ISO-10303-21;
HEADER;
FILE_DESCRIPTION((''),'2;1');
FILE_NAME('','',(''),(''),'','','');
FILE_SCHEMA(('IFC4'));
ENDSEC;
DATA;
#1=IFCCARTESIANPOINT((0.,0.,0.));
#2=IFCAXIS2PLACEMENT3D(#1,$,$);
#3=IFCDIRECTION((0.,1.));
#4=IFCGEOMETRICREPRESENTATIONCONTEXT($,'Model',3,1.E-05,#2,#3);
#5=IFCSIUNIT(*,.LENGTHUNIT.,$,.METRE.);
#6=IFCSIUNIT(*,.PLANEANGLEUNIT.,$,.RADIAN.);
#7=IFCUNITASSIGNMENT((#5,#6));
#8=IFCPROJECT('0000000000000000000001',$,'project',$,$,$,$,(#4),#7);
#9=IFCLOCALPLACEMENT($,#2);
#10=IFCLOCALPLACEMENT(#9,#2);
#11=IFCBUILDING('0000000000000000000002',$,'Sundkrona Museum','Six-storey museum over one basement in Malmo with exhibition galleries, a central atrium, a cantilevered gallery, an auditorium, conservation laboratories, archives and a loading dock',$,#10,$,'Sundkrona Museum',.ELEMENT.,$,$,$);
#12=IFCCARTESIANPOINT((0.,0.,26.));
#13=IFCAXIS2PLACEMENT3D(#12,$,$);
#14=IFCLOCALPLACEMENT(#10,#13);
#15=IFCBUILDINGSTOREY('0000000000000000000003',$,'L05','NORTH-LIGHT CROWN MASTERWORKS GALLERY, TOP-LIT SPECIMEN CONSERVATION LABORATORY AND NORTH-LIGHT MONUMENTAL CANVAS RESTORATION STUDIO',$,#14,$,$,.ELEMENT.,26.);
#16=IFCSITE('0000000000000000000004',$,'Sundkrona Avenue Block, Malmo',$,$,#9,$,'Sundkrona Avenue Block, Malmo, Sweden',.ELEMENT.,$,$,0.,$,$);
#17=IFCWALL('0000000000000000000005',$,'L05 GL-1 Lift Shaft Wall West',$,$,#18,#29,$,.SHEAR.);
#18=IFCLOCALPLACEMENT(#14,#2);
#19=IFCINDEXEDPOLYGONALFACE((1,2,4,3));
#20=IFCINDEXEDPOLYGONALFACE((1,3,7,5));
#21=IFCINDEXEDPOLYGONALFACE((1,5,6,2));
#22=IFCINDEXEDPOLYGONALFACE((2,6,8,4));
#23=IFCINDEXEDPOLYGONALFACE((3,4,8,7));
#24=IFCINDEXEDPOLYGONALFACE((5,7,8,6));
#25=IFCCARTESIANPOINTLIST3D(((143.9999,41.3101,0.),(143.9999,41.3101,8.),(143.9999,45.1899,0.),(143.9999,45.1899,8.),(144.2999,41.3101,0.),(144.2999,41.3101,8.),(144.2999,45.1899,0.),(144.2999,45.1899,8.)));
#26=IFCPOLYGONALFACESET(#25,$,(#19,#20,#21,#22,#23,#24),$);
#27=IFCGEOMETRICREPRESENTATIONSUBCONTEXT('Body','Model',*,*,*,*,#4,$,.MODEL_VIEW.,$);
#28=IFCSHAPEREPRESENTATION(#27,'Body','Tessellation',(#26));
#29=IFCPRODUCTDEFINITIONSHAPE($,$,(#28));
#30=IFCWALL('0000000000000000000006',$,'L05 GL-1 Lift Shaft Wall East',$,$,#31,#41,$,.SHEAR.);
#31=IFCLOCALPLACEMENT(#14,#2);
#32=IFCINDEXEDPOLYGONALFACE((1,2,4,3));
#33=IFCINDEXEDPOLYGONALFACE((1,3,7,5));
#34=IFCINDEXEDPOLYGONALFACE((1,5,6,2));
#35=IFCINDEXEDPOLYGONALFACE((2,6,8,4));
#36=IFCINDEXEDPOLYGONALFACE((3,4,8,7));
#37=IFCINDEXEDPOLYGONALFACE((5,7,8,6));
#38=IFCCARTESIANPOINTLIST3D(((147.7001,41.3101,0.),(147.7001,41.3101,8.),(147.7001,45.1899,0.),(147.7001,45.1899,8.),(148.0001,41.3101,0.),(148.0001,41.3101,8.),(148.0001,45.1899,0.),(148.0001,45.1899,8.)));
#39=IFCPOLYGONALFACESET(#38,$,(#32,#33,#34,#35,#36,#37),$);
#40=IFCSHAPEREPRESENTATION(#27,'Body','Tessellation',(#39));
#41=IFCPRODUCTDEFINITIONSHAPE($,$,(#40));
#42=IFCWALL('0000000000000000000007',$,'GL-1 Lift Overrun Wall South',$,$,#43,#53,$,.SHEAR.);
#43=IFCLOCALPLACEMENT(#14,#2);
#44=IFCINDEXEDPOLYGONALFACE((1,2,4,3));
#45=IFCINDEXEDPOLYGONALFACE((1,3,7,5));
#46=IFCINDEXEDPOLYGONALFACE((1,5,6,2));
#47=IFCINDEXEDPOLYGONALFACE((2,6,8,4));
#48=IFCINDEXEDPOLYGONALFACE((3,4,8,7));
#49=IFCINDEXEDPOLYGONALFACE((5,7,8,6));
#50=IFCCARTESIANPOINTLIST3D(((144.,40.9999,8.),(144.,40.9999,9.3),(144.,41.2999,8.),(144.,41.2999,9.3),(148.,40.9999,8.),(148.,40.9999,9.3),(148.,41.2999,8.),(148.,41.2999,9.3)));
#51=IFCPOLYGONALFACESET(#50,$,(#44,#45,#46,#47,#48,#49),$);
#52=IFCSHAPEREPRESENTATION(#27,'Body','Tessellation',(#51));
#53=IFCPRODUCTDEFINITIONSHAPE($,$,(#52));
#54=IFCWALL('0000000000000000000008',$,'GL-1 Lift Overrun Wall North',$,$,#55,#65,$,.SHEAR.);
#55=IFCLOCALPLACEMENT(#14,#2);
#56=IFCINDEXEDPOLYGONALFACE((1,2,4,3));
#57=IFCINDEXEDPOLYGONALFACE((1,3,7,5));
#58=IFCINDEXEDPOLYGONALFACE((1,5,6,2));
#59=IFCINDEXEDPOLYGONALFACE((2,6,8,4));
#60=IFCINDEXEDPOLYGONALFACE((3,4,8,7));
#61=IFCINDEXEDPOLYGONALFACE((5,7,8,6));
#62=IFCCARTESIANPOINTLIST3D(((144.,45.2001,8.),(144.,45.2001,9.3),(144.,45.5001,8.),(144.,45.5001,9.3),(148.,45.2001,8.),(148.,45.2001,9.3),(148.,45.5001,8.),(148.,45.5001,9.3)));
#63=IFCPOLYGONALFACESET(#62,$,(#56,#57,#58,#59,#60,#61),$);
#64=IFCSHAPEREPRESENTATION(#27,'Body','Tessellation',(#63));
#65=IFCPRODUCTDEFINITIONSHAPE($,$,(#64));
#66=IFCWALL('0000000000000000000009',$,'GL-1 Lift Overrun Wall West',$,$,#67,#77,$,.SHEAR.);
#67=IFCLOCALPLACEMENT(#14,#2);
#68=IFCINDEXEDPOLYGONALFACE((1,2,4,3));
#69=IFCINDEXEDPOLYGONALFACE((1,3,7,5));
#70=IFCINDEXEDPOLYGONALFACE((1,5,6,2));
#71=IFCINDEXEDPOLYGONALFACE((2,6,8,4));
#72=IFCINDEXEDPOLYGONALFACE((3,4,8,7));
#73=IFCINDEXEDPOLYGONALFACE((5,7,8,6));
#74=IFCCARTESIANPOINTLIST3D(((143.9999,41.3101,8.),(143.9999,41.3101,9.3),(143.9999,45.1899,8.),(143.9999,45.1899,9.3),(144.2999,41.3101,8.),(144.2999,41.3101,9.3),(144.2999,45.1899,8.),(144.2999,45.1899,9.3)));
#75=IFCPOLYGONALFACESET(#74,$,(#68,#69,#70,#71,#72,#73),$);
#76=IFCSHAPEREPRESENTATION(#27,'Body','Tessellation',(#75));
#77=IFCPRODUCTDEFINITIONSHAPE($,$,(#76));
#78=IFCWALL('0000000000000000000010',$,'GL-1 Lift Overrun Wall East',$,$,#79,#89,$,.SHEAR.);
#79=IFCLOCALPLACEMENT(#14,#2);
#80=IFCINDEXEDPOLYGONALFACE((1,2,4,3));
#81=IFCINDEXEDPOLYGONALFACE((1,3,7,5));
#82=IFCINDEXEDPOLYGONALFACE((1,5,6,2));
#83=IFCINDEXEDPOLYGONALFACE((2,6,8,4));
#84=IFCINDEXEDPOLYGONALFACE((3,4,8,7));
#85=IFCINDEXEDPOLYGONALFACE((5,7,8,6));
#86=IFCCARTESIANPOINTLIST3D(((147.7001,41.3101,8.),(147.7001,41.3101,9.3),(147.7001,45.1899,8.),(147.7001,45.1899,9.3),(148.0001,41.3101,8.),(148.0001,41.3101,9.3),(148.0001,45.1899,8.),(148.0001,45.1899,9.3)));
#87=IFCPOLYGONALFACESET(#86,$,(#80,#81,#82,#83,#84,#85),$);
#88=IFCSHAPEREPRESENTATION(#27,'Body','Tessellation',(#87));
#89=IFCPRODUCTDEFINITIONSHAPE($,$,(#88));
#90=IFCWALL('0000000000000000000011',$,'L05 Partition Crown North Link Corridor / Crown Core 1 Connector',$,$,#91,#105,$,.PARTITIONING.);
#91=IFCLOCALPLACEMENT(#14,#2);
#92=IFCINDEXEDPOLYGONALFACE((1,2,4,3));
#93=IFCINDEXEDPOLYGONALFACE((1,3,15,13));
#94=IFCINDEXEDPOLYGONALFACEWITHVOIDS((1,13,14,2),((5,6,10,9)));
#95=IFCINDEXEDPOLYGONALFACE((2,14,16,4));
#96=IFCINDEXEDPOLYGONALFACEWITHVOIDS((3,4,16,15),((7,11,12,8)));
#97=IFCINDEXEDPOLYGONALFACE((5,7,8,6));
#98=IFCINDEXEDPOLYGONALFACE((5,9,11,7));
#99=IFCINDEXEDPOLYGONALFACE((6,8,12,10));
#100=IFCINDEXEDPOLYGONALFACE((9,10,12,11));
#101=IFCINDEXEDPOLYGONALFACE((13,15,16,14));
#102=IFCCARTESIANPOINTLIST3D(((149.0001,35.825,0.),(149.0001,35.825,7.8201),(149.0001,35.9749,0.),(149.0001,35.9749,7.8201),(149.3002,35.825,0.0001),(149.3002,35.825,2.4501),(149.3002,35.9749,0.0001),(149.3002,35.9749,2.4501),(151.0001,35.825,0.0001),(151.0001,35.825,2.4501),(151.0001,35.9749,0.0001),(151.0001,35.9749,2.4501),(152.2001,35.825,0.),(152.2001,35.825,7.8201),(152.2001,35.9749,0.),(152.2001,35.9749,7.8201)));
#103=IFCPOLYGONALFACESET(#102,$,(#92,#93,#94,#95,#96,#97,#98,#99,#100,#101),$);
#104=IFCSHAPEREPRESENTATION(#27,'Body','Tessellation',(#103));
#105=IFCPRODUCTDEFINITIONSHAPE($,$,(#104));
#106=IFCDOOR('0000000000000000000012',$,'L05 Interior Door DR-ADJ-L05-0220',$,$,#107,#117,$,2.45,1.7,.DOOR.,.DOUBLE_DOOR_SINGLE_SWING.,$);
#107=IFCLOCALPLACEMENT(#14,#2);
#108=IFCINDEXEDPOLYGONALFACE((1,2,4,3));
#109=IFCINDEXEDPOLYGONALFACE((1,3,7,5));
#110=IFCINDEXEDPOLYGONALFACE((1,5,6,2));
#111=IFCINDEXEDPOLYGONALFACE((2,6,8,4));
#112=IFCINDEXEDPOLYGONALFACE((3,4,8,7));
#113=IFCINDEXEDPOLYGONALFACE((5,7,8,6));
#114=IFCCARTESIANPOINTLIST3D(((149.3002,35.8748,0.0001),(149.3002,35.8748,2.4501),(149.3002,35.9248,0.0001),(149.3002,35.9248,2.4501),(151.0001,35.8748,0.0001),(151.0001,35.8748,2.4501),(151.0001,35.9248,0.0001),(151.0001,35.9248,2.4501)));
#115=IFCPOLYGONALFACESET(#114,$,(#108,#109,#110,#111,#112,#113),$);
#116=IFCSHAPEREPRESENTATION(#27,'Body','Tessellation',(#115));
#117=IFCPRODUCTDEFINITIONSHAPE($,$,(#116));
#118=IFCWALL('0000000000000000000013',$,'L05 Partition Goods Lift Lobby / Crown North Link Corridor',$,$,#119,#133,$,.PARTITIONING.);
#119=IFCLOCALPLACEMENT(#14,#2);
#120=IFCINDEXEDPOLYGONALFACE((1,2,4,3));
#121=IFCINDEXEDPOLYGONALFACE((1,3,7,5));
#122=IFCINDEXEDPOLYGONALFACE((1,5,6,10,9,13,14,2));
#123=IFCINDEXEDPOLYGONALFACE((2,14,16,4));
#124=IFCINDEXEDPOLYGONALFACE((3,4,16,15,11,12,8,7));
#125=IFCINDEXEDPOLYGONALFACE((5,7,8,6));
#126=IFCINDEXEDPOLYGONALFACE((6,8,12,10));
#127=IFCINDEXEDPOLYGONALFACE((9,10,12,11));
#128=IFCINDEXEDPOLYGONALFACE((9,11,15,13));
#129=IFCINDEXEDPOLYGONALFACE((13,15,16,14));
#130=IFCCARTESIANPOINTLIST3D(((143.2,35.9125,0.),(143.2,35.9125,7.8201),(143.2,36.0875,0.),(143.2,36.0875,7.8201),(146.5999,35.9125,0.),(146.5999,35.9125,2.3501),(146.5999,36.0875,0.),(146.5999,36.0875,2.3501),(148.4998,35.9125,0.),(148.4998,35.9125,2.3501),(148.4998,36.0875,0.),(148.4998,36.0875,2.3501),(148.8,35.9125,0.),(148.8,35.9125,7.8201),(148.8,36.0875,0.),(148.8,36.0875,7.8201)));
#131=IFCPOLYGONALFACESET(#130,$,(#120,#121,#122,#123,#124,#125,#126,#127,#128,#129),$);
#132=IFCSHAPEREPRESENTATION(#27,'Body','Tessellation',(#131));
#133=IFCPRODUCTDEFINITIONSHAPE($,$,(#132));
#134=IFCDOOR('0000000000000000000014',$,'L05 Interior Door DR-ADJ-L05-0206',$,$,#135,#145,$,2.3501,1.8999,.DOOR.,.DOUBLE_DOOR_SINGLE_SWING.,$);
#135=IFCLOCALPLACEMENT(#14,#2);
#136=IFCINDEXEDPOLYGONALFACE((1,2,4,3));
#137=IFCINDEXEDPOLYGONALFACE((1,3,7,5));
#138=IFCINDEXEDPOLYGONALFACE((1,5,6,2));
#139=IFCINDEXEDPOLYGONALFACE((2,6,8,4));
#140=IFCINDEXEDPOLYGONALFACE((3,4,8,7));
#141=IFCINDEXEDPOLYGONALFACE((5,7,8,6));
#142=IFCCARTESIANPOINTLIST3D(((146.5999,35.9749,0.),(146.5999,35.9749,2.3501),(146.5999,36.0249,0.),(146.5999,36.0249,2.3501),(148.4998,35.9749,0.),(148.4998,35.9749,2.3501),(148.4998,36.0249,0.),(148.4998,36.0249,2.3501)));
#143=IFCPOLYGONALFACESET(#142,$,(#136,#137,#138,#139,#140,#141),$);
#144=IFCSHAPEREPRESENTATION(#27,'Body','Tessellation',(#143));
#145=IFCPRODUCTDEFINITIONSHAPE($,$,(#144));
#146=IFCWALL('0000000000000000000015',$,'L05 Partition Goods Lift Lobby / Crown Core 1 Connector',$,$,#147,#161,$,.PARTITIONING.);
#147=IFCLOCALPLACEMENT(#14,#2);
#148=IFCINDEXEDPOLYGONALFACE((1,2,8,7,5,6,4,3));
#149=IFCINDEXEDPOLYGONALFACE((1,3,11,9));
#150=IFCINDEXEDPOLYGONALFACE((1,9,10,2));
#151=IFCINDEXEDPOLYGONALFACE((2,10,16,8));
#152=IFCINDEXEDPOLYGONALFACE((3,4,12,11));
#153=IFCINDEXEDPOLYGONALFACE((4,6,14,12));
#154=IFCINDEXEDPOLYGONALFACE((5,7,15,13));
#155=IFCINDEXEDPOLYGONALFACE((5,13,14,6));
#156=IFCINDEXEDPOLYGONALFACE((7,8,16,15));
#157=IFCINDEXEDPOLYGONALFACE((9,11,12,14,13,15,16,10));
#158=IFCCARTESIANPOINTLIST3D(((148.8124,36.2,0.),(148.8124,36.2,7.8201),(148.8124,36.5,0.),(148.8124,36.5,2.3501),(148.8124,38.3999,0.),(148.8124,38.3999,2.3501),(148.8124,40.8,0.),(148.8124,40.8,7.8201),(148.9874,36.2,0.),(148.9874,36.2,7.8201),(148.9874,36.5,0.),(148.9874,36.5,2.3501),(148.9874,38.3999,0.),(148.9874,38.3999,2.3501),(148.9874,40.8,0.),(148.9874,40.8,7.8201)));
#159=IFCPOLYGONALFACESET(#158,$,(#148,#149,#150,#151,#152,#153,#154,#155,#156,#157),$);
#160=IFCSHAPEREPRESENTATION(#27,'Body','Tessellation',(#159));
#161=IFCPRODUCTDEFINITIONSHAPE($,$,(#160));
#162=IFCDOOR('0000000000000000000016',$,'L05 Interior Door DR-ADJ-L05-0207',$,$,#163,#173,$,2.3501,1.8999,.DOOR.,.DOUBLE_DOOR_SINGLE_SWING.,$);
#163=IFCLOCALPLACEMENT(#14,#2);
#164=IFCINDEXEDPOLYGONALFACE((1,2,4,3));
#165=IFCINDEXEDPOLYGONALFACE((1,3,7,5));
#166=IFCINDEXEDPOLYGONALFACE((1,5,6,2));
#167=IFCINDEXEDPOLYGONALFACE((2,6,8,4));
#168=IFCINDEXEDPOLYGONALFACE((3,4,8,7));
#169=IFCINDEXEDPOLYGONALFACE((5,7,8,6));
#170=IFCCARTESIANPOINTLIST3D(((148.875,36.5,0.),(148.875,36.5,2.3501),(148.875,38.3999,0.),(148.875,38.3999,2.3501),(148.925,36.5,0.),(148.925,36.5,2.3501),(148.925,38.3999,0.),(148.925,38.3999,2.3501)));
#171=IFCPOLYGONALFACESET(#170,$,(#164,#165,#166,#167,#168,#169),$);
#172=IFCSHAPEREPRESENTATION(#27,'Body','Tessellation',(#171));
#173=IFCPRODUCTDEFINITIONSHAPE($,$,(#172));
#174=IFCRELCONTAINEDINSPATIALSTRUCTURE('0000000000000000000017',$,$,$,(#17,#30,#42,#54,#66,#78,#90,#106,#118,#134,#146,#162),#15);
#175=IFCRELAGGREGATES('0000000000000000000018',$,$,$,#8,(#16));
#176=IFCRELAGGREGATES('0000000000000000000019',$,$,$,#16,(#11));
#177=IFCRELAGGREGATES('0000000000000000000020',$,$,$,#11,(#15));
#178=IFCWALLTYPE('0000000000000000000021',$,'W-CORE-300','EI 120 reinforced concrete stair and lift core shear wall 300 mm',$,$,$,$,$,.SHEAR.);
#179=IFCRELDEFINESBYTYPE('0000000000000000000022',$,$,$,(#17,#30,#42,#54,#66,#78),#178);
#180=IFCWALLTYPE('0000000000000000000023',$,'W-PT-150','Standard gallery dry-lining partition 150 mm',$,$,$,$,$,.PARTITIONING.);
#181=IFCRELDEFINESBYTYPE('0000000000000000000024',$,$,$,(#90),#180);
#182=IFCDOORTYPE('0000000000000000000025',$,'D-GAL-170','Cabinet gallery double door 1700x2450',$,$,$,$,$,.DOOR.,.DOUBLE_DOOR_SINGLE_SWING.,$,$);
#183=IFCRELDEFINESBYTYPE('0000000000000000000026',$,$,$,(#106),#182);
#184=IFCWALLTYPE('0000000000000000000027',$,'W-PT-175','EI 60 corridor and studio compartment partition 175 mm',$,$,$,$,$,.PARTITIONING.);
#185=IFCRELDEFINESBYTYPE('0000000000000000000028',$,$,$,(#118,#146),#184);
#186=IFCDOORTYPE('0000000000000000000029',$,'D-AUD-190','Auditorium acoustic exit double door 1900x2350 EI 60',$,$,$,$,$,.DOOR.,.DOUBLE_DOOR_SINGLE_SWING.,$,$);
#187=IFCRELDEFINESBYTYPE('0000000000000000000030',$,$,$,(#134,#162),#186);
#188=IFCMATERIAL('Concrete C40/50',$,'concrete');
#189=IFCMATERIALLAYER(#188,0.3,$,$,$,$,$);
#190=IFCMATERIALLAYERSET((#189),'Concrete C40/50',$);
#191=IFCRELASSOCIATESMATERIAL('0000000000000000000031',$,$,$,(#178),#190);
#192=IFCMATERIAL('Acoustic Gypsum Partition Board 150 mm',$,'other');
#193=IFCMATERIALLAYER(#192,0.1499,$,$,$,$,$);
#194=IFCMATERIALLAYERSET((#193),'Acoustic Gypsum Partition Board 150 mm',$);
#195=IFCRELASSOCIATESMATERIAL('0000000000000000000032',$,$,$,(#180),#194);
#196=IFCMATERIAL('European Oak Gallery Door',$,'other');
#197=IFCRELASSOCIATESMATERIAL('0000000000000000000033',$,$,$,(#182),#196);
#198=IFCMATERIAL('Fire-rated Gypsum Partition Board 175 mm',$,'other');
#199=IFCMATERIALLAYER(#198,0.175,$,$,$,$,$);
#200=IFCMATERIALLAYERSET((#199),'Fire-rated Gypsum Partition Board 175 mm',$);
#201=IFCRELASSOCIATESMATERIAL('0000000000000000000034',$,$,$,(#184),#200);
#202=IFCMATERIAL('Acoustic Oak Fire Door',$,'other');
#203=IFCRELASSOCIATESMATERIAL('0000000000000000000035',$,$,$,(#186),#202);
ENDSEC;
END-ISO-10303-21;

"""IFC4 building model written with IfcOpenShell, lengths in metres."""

from ifc_helpers import new_model, si_unit, direction, frame, frame_2d, origin, place, context, subcontext, project, spatial, rectangle, extrude, material, layer, layer_set, type_object, element, fill, save


model = new_model("IFC4")

# Units and contexts
model_context = context("Model", 3, precision=1e-05, world=origin(), true_north=direction((0.0, 1.0)))
body_context = subcontext(model_context, "Body", "Model", "MODEL_VIEW")
ifc_project = project(units=[si_unit("LENGTHUNIT", "METRE"), si_unit("PLANEANGLEUNIT", "RADIAN")], contexts=[model_context])

# Site, building, storey
site_placement = place(None, origin())
site = spatial("IfcSite", under=ifc_project, at=site_placement, Name="Sundkrona Avenue Block, Malmo", LongName="Sundkrona Avenue Block, Malmo, Sweden", CompositionType="ELEMENT", RefElevation=0.0)
building_placement = place(site_placement, origin())
building = spatial("IfcBuilding", under=site, at=building_placement, Name="Sundkrona Museum", Description="Six-storey museum over one basement in Malmo with exhibition galleries, a central atrium, a cantilevered gallery, an auditorium, conservation laboratories, archives and a loading dock", LongName="Sundkrona Museum", CompositionType="ELEMENT")
storey_placement = place(building_placement, frame((0.0, 0.0, 26.0)))
storey = spatial("IfcBuildingStorey", under=building, at=storey_placement, Name="L05", Description="NORTH-LIGHT CROWN MASTERWORKS GALLERY, TOP-LIT SPECIMEN CONSERVATION LABORATORY AND NORTH-LIGHT MONUMENTAL CANVAS RESTORATION STUDIO", CompositionType="ELEMENT", Elevation=26.0)

# Shared definitions
ifc_material_1 = material(Name="Concrete C40/50", Category="concrete")
ifc_layer_1 = layer(ifc_material_1, 0.3)
ifc_layer_set_1 = layer_set([ifc_layer_1], Name="Concrete C40/50")
wall_type_1 = type_object("IfcWallType", Name="W-CORE-300", Description="EI 120 reinforced concrete stair and lift core shear wall 300 mm", PredefinedType="SHEAR", material=ifc_layer_set_1)

# Walls
for number, where, z_axis, x_axis, name in (
    (1, (144.1499, 41.3101, 0.0), (0.0, 0.0, 1.0), (0.0, 1.0, 0.0), "L05 GL-1 Lift Shaft Wall West"),
    (2, (147.8501, 41.3101, 0.0), (0.0, 0.0, 1.0), (0.0, 1.0, 0.0), "L05 GL-1 Lift Shaft Wall East"),
):
    element("IfcWall", number, at=place(storey_placement, frame(where, z_axis=z_axis, x_axis=x_axis)), inside=storey, type_object=wall_type_1, Name=name, PredefinedType="SHEAR", context=body_context, shape_type="SweptSolid", body=[
        extrude(rectangle(XDim=3.8799, YDim=0.3, at=frame_2d((1.9399, 0.0))), origin(), (0.0, 0.0, 1.0), 8.0),
    ])
for number, where, z_axis, x_axis, name in (
    (3, (144.0, 41.1499, 8.0), (0.0, 0.0, 1.0), (1.0, 0.0, 0.0), "GL-1 Lift Overrun Wall South"),
    (4, (144.0, 45.3501, 8.0), (0.0, 0.0, 1.0), (1.0, 0.0, 0.0), "GL-1 Lift Overrun Wall North"),
):
    element("IfcWall", number, at=place(storey_placement, frame(where, z_axis=z_axis, x_axis=x_axis)), inside=storey, type_object=wall_type_1, Name=name, PredefinedType="SHEAR", context=body_context, shape_type="SweptSolid", body=[
        extrude(rectangle(XDim=4.0, YDim=0.3, at=frame_2d((2.0, 0.0))), origin(), (0.0, 0.0, 1.0), 1.3),
    ])
for number, where, z_axis, x_axis, name in (
    (5, (144.1499, 41.3101, 8.0), (0.0, 0.0, 1.0), (0.0, 1.0, 0.0), "GL-1 Lift Overrun Wall West"),
    (6, (147.8501, 41.3101, 8.0), (0.0, 0.0, 1.0), (0.0, 1.0, 0.0), "GL-1 Lift Overrun Wall East"),
):
    element("IfcWall", number, at=place(storey_placement, frame(where, z_axis=z_axis, x_axis=x_axis)), inside=storey, type_object=wall_type_1, Name=name, PredefinedType="SHEAR", context=body_context, shape_type="SweptSolid", body=[
        extrude(rectangle(XDim=3.8799, YDim=0.3, at=frame_2d((1.9399, 0.0))), origin(), (0.0, 0.0, 1.0), 1.3),
    ])

# Walls, openings, doors
ifc_material_2 = material(Name="Acoustic Gypsum Partition Board 150 mm", Category="other")
ifc_layer_2 = layer(ifc_material_2, 0.1499)
ifc_layer_set_2 = layer_set([ifc_layer_2], Name="Acoustic Gypsum Partition Board 150 mm")
wall_type_2 = type_object("IfcWallType", Name="W-PT-150", Description="Standard gallery dry-lining partition 150 mm", PredefinedType="PARTITIONING", material=ifc_layer_set_2)
wall_1_placement = place(storey_placement, frame((149.0, 35.8999, 0.0), z_axis=(0.0, 0.0, 1.0), x_axis=(1.0, 0.0, 0.0)))
wall_1 = element("IfcWall", 7, at=wall_1_placement, inside=storey, type_object=wall_type_2, Name="L05 Partition Crown North Link Corridor / Crown Core 1 Connector", PredefinedType="PARTITIONING", context=body_context, shape_type="SweptSolid", body=[
    extrude(rectangle(XDim=3.2, YDim=0.1499, at=frame_2d((1.6001, 0.0))), origin(), (0.0, 0.0, 1.0), 7.8201),
])
opening_1_placement = place(wall_1_placement, frame((0.3, 0.0, 0.0)))
opening_1 = element("IfcOpeningElement", 8, at=opening_1_placement, cuts=wall_1, PredefinedType="OPENING", context=body_context, shape_type="SweptSolid", body=[
    extrude(rectangle(XDim=1.7, YDim=2.45, at=frame_2d((0.8501, 1.2251))), frame((0.0, 0.085, 0.0), z_axis=(0.0, -1.0, 0.0), x_axis=(1.0, 0.0, 0.0)), (0.0, 0.0, 1.0), 0.1699),
])
ifc_material_3 = material(Name="European Oak Gallery Door", Category="other")
door_type_1 = type_object("IfcDoorType", Name="D-GAL-170", Description="Cabinet gallery double door 1700x2450", OperationType="DOUBLE_DOOR_SINGLE_SWING", PredefinedType="DOOR", material=ifc_material_3)
door_1_placement = place(opening_1_placement, origin())
door_1 = element("IfcDoor", 9, at=door_1_placement, inside=storey, type_object=door_type_1, Name="L05 Interior Door DR-ADJ-L05-0220", OperationType="DOUBLE_DOOR_SINGLE_SWING", OverallHeight=2.45, OverallWidth=1.7, PredefinedType="DOOR", context=body_context, shape_type="SweptSolid", body=[
    extrude(rectangle(XDim=1.7, YDim=2.45, at=frame_2d((0.8501, 1.2251))), frame((0.0, 0.0249, 0.0), z_axis=(0.0, -1.0, 0.0), x_axis=(1.0, 0.0, 0.0)), (0.0, 0.0, 1.0), 0.05),
])
fill(opening_1, door_1)
ifc_material_4 = material(Name="Fire-rated Gypsum Partition Board 175 mm", Category="other")
ifc_layer_3 = layer(ifc_material_4, 0.175)
ifc_layer_set_3 = layer_set([ifc_layer_3], Name="Fire-rated Gypsum Partition Board 175 mm")
wall_type_3 = type_object("IfcWallType", Name="W-PT-175", Description="EI 60 corridor and studio compartment partition 175 mm", PredefinedType="PARTITIONING", material=ifc_layer_set_3)
wall_2_placement = place(storey_placement, frame((143.2, 36.0, 0.0), z_axis=(0.0, 0.0, 1.0), x_axis=(1.0, 0.0, 0.0)))
wall_2 = element("IfcWall", 10, at=wall_2_placement, inside=storey, type_object=wall_type_3, Name="L05 Partition Goods Lift Lobby / Crown North Link Corridor", PredefinedType="PARTITIONING", context=body_context, shape_type="SweptSolid", body=[
    extrude(rectangle(XDim=5.6001, YDim=0.175, at=frame_2d((2.8, 0.0))), origin(), (0.0, 0.0, 1.0), 7.8201),
])
opening_2_placement = place(wall_2_placement, frame((3.3999, 0.0, 0.0)))
opening_2 = element("IfcOpeningElement", 11, at=opening_2_placement, cuts=wall_2, PredefinedType="OPENING", context=body_context, shape_type="SweptSolid", body=[
    extrude(rectangle(XDim=1.8999, YDim=2.3501, at=frame_2d((0.95, 1.175))), frame((0.0, 0.0974, 0.0), z_axis=(0.0, -1.0, 0.0), x_axis=(1.0, 0.0, 0.0)), (0.0, 0.0, 1.0), 0.1951),
])
ifc_material_5 = material(Name="Acoustic Oak Fire Door", Category="other")
door_type_2 = type_object("IfcDoorType", Name="D-AUD-190", Description="Auditorium acoustic exit double door 1900x2350 EI 60", OperationType="DOUBLE_DOOR_SINGLE_SWING", PredefinedType="DOOR", material=ifc_material_5)
door_2_placement = place(opening_2_placement, origin())
door_2 = element("IfcDoor", 12, at=door_2_placement, inside=storey, type_object=door_type_2, Name="L05 Interior Door DR-ADJ-L05-0206", OperationType="DOUBLE_DOOR_SINGLE_SWING", OverallHeight=2.3501, OverallWidth=1.8999, PredefinedType="DOOR", context=body_context, shape_type="SweptSolid", body=[
    extrude(rectangle(XDim=1.8999, YDim=2.3501, at=frame_2d((0.95, 1.175))), frame((0.0, 0.0249, 0.0), z_axis=(0.0, -1.0, 0.0), x_axis=(1.0, 0.0, 0.0)), (0.0, 0.0, 1.0), 0.05),
])
fill(opening_2, door_2)
wall_3_placement = place(storey_placement, frame((148.8999, 36.2, 0.0), z_axis=(0.0, 0.0, 1.0), x_axis=(0.0, 1.0, 0.0)))
wall_3 = element("IfcWall", 13, at=wall_3_placement, inside=storey, type_object=wall_type_3, Name="L05 Partition Goods Lift Lobby / Crown Core 1 Connector", PredefinedType="PARTITIONING", context=body_context, shape_type="SweptSolid", body=[
    extrude(rectangle(XDim=4.6001, YDim=0.175, at=frame_2d((2.3, 0.0))), origin(), (0.0, 0.0, 1.0), 7.8201),
])
opening_3_placement = place(wall_3_placement, frame((0.3, 0.0, 0.0)))
opening_3 = element("IfcOpeningElement", 14, at=opening_3_placement, cuts=wall_3, PredefinedType="OPENING", context=body_context, shape_type="SweptSolid", body=[
    extrude(rectangle(XDim=1.8999, YDim=2.3501, at=frame_2d((0.95, 1.175))), frame((0.0, 0.0974, 0.0), z_axis=(0.0, -1.0, 0.0), x_axis=(1.0, 0.0, 0.0)), (0.0, 0.0, 1.0), 0.1951),
])
door_3_placement = place(opening_3_placement, origin())
door_3 = element("IfcDoor", 15, at=door_3_placement, inside=storey, type_object=door_type_2, Name="L05 Interior Door DR-ADJ-L05-0207", OperationType="DOUBLE_DOOR_SINGLE_SWING", OverallHeight=2.3501, OverallWidth=1.8999, PredefinedType="DOOR", context=body_context, shape_type="SweptSolid", body=[
    extrude(rectangle(XDim=1.8999, YDim=2.3501, at=frame_2d((0.95, 1.175))), frame((0.0, 0.0249, 0.0), z_axis=(0.0, -1.0, 0.0), x_axis=(1.0, 0.0, 0.0)), (0.0, 0.0, 1.0), 0.05),
])
fill(opening_3, door_3)

save(model, "model.ifc")
